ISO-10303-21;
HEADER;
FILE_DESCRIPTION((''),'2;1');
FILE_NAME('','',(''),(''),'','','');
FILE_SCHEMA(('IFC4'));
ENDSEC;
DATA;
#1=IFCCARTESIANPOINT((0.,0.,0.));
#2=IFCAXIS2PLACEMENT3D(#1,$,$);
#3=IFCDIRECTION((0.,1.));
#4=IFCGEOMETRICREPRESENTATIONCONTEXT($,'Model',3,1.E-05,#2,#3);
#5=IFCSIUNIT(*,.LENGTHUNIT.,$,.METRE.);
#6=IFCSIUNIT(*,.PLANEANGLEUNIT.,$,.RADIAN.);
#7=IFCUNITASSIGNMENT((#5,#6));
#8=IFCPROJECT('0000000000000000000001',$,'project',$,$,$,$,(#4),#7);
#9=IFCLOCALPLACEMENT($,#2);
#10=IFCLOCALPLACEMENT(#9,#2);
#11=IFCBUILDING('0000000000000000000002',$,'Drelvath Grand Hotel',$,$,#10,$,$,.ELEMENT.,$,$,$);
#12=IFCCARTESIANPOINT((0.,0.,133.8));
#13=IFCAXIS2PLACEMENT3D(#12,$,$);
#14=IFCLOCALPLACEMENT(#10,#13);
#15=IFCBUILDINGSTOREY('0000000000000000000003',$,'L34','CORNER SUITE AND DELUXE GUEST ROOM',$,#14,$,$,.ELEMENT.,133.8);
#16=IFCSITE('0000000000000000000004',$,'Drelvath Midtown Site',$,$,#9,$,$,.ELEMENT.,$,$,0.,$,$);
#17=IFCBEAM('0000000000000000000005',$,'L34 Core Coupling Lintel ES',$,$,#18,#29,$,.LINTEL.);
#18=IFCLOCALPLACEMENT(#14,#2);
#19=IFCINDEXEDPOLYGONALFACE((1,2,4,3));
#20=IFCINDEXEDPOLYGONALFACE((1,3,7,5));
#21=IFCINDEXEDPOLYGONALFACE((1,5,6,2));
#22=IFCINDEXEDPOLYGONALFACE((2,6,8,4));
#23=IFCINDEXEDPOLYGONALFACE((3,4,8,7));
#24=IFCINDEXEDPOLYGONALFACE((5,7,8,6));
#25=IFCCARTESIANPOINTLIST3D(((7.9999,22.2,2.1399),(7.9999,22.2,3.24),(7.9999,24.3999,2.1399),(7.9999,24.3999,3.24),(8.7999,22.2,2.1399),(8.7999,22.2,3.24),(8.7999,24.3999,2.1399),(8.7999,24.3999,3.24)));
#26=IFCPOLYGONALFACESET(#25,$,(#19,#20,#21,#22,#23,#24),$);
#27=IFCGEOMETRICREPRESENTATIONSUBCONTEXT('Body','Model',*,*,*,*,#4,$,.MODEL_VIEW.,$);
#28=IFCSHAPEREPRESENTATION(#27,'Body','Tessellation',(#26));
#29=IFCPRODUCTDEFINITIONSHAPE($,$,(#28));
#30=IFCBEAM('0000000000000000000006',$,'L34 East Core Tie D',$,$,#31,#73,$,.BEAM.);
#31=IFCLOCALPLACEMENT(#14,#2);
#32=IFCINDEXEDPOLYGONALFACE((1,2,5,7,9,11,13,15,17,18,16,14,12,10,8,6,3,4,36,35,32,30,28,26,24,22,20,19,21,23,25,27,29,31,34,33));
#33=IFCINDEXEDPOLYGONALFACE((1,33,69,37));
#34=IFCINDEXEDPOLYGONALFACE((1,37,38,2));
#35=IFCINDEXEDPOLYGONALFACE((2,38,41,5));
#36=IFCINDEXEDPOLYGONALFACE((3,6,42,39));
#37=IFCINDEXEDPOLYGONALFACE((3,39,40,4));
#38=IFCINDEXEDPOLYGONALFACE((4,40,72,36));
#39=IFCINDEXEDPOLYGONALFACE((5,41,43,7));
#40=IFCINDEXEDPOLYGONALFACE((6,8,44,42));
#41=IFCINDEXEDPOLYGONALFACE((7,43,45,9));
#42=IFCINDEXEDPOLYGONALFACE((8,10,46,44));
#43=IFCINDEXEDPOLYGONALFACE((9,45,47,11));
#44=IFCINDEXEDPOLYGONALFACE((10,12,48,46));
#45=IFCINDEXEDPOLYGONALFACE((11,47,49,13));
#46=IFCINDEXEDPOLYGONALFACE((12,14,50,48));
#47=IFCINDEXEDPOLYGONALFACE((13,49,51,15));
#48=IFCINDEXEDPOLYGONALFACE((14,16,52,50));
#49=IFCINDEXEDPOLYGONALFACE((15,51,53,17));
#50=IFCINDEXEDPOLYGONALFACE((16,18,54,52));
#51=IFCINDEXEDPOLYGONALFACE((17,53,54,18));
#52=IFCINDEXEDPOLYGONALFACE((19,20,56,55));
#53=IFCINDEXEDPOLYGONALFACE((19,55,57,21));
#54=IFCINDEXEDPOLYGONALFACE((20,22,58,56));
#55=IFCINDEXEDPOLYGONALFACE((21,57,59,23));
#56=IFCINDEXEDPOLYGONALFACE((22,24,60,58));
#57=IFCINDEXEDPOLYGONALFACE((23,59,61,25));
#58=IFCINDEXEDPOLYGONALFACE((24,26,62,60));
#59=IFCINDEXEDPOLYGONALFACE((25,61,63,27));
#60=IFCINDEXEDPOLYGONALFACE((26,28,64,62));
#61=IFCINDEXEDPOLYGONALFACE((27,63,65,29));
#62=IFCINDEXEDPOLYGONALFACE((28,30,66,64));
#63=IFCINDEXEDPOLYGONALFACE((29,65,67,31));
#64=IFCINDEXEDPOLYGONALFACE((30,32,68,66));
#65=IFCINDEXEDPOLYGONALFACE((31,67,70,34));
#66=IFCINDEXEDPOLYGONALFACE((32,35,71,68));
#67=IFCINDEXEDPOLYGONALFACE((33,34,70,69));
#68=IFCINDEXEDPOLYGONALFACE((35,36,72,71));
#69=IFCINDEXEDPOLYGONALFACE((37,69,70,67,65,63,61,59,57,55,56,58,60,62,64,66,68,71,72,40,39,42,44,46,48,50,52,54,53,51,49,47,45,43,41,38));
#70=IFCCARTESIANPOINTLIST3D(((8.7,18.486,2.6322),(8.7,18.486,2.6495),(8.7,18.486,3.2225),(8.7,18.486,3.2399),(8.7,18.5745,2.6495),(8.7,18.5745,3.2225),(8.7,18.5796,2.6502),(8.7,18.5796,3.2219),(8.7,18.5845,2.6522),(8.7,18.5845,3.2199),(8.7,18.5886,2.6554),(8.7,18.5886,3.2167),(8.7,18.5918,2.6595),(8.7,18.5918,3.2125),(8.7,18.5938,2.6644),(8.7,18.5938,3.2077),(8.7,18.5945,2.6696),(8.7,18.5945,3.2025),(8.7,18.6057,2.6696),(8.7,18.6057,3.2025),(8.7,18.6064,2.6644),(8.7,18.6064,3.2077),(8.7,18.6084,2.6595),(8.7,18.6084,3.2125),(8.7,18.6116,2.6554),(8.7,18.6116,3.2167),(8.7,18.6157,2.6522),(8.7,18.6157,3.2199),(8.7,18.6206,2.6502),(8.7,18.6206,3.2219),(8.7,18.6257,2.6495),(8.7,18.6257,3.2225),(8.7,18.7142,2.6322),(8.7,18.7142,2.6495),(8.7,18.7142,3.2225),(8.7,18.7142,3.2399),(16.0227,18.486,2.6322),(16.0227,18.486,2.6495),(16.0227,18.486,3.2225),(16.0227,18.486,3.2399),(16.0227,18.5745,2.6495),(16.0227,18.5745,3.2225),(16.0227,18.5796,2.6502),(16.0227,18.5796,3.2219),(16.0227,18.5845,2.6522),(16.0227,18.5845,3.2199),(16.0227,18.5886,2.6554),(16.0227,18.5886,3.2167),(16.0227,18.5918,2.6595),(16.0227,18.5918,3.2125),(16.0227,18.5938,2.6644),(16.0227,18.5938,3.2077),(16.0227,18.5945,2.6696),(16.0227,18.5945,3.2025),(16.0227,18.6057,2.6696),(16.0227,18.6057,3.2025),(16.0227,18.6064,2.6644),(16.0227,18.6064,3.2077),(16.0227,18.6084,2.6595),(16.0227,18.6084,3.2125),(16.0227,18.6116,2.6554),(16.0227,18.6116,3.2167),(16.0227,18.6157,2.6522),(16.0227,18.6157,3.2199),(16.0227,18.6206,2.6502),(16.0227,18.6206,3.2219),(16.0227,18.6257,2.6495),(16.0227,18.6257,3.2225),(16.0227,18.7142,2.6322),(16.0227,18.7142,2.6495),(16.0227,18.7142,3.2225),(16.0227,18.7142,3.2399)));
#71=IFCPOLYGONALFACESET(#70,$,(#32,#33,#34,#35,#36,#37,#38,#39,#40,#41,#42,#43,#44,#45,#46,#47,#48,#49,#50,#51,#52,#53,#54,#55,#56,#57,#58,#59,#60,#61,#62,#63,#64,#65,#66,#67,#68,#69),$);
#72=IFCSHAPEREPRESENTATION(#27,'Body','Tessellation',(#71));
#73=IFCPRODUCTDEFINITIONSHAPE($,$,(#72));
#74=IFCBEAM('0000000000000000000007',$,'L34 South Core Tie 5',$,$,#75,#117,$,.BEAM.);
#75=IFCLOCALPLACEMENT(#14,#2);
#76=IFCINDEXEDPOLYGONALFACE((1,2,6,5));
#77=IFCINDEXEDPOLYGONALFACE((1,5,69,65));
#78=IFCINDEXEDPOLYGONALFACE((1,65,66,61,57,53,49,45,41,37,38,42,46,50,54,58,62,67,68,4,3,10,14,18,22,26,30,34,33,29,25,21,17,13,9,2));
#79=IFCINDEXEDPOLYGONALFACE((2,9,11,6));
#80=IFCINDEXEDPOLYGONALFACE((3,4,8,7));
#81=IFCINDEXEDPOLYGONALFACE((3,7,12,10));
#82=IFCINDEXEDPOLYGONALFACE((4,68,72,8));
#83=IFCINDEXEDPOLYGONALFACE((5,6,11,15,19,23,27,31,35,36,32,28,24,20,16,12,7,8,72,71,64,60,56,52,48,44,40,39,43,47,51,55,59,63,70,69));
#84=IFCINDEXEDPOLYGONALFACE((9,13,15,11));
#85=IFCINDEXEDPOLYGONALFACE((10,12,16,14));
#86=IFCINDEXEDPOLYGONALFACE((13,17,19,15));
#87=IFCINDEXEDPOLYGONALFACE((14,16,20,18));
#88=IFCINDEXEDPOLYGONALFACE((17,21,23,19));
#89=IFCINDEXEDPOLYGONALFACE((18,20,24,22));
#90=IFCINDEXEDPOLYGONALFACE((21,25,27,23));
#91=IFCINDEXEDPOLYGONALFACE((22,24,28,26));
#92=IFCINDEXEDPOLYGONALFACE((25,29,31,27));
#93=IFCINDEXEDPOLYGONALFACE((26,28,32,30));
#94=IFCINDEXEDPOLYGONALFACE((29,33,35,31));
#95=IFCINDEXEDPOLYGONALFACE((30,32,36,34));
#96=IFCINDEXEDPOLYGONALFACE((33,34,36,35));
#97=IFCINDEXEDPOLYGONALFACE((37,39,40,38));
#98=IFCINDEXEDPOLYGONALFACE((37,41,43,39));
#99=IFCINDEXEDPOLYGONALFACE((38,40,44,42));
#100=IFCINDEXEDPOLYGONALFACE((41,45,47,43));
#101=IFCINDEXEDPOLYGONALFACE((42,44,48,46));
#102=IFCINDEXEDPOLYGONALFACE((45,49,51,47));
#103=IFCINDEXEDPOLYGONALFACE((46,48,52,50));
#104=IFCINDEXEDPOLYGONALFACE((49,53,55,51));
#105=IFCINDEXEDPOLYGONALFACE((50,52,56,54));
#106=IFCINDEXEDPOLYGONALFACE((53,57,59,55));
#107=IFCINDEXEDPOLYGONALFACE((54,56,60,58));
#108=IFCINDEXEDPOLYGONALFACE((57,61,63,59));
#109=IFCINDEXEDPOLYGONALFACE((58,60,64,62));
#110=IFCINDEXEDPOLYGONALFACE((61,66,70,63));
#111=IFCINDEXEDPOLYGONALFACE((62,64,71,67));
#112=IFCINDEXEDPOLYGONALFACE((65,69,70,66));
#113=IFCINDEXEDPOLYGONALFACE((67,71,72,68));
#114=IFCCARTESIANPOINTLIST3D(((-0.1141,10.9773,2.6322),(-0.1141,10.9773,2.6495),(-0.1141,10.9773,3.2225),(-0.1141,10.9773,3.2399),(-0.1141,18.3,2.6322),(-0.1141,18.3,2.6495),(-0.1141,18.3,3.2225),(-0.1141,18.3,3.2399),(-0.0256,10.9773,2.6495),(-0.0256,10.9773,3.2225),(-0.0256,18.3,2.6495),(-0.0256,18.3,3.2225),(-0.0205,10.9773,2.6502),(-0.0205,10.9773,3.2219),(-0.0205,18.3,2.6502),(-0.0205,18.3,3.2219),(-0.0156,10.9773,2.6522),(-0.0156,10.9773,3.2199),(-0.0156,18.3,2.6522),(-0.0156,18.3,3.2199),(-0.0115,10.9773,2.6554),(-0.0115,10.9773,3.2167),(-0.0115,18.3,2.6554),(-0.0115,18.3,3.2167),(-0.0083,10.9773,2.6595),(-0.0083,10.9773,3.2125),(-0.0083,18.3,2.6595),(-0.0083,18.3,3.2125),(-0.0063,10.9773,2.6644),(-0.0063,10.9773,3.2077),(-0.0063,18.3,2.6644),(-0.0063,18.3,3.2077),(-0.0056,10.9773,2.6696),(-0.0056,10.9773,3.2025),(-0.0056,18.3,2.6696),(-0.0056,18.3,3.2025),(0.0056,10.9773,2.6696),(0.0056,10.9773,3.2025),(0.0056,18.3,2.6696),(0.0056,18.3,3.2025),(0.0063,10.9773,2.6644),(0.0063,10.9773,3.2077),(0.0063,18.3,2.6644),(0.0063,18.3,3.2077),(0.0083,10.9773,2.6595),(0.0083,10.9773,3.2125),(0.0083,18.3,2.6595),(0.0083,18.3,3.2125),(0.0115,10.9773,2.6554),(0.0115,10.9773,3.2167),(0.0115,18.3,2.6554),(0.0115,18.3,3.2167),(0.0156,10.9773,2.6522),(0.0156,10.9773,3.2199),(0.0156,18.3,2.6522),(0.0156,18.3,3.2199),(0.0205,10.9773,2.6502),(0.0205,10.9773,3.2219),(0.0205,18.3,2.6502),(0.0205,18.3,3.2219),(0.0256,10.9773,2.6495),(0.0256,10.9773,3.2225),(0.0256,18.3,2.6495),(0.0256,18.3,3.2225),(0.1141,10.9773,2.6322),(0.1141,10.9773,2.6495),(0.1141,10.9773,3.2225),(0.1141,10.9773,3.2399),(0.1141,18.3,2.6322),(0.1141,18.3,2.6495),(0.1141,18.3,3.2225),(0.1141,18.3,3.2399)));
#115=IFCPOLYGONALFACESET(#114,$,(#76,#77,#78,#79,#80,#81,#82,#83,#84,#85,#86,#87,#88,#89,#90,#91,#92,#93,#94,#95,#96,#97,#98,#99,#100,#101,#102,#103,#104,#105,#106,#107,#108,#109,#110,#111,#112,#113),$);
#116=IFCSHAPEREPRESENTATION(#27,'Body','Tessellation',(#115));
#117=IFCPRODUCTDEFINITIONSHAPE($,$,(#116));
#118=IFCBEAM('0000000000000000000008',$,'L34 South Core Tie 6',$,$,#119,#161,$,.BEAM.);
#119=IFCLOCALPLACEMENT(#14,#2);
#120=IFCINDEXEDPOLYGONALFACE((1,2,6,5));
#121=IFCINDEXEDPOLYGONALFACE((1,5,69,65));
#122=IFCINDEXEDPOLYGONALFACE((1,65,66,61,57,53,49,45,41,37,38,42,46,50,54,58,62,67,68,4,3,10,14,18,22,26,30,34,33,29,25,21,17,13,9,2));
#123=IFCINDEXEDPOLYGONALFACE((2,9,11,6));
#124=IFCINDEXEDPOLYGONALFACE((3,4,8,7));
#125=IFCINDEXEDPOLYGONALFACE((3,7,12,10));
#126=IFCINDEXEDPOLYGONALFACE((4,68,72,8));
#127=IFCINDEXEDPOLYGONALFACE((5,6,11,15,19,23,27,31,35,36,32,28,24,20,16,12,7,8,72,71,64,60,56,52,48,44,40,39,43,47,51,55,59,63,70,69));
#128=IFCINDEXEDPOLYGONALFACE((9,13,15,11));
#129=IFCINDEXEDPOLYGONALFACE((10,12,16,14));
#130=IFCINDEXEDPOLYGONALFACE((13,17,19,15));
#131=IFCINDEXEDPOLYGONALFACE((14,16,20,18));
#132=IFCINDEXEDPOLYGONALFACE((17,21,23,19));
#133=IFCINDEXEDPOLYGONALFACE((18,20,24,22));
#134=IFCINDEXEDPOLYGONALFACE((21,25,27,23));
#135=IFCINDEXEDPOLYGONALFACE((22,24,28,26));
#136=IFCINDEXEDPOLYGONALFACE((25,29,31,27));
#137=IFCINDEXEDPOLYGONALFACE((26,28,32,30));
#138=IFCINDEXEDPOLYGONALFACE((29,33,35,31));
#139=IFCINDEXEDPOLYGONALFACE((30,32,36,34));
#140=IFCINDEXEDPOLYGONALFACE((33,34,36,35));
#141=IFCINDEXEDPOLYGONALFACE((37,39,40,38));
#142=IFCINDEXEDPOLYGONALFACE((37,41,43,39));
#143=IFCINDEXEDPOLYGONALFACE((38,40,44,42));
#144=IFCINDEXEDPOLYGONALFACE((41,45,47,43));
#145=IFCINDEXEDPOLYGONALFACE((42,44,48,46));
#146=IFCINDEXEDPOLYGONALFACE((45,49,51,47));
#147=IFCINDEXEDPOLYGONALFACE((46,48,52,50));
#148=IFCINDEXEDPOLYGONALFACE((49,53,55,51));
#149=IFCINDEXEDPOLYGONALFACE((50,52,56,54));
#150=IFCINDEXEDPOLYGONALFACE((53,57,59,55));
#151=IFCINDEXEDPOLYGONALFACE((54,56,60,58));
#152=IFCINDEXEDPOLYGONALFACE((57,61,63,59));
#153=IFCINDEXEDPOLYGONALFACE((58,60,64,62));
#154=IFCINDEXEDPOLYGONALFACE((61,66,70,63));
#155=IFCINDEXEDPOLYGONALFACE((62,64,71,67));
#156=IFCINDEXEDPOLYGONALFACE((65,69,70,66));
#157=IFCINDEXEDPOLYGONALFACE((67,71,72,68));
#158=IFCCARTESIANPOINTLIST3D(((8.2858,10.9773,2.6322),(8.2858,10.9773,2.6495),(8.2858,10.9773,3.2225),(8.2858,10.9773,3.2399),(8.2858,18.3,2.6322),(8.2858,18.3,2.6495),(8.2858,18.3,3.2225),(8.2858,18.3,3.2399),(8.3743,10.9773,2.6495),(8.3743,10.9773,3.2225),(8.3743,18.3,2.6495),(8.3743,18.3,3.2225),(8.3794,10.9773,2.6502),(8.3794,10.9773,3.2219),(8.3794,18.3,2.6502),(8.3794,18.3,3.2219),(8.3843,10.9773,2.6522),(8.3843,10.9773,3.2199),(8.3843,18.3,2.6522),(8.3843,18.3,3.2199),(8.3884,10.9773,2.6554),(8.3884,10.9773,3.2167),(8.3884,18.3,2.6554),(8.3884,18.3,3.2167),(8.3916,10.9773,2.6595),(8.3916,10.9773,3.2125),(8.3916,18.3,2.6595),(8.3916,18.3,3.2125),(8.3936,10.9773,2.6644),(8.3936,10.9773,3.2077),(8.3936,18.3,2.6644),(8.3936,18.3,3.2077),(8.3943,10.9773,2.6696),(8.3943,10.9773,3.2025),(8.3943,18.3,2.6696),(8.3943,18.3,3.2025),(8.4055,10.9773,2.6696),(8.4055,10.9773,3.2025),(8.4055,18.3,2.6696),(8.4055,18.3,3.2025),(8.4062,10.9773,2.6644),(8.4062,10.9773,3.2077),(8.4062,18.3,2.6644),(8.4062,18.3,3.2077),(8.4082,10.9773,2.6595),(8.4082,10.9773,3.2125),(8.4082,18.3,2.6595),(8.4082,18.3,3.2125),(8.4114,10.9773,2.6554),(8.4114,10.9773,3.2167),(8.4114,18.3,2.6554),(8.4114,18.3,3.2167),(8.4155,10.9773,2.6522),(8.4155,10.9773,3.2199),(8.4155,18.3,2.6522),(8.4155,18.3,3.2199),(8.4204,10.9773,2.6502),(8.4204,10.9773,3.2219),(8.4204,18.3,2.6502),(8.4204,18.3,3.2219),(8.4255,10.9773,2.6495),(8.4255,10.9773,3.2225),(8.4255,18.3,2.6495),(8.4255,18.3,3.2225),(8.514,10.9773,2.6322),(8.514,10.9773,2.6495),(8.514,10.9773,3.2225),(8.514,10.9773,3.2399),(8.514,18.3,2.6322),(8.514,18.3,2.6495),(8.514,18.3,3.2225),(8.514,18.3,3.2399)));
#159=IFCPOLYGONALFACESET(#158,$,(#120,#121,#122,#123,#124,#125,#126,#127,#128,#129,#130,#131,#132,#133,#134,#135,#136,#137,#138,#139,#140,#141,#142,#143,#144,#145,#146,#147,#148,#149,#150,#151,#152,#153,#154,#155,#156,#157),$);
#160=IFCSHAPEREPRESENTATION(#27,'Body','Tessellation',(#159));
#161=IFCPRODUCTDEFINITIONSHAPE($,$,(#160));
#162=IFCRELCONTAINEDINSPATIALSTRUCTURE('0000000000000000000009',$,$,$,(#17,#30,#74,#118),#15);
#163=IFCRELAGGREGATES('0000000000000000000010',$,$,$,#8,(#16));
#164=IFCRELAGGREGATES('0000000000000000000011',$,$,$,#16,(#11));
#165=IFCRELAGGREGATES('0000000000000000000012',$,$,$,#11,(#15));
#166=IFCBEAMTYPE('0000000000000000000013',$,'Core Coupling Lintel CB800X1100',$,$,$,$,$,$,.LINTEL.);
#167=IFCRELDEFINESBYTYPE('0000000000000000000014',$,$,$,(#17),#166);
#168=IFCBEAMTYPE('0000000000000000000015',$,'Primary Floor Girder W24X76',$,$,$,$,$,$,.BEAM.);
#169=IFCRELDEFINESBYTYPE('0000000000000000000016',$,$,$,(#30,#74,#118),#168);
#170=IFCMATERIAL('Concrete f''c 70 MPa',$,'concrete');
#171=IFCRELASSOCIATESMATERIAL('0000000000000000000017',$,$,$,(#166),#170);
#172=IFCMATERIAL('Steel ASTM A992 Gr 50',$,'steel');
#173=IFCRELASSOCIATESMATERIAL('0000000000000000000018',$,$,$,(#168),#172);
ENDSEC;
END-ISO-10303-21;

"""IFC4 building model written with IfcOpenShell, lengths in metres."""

from ifc_helpers import new_model, si_unit, direction, frame, origin, origin_2d, place, context, subcontext, project, spatial, rectangle, i_section, extrude, material, material_profile, profile_set, type_object, element, save


model = new_model("IFC4")

# Units and contexts
model_context = context("Model", 3, precision=1e-05, world=origin(), true_north=direction((0.0, 1.0)))
body_context = subcontext(model_context, "Body", "Model", "MODEL_VIEW")
ifc_project = project(units=[si_unit("LENGTHUNIT", "METRE"), si_unit("PLANEANGLEUNIT", "RADIAN")], contexts=[model_context])

# Site, building, storey
site_placement = place(None, origin())
site = spatial("IfcSite", under=ifc_project, at=site_placement, Name="Drelvath Midtown Site", CompositionType="ELEMENT", RefElevation=0.0)
building_placement = place(site_placement, origin())
building = spatial("IfcBuilding", under=site, at=building_placement, Name="Drelvath Grand Hotel", CompositionType="ELEMENT")
storey_placement = place(building_placement, frame((0.0, 0.0, 133.8)))
storey = spatial("IfcBuildingStorey", under=building, at=storey_placement, Name="L34", Description="CORNER SUITE AND DELUXE GUEST ROOM", CompositionType="ELEMENT", Elevation=133.8)

# Beams
ifc_material_1 = material(Name="Concrete f'c 70 MPa", Category="concrete")
ifc_material_profile_1 = material_profile(ifc_material_1, rectangle(XDim=0.8, YDim=1.1001, at=origin_2d()), Name="CB800X1100")
ifc_profile_set_1 = profile_set([ifc_material_profile_1], Name="Concrete f'c 70 MPa")
beam_type_1 = type_object("IfcBeamType", Name="Core Coupling Lintel CB800X1100", PredefinedType="LINTEL", material=ifc_profile_set_1)
beam_placement = place(storey_placement, frame((8.3999, 22.2, 2.6899), z_axis=(0.0, 1.0, 0.0), x_axis=(-1.0, 0.0, 0.0)))
element("IfcBeam", 1, at=beam_placement, inside=storey, type_object=beam_type_1, Name="L34 Core Coupling Lintel ES", PredefinedType="LINTEL", context=body_context, shape_type="SweptSolid", body=[
    extrude(rectangle(XDim=0.8, YDim=1.1001, at=origin_2d()), origin(), (0.0, 0.0, 1.0), 2.2),
])
ifc_material_2 = material(Name="Steel ASTM A992 Gr 50", Category="steel")
ifc_material_profile_2 = material_profile(ifc_material_2, i_section(OverallWidth=0.2283, OverallDepth=0.6077, WebThickness=0.0112, FlangeThickness=0.0173, FilletRadius=0.02, at=origin_2d()), Name="W24X76")
ifc_profile_set_2 = profile_set([ifc_material_profile_2], Name="Steel ASTM A992 Gr 50")
beam_type_2 = type_object("IfcBeamType", Name="Primary Floor Girder W24X76", PredefinedType="BEAM", material=ifc_profile_set_2)
for number, where, z_axis, x_axis, name in (
    (2, (8.7, 18.6001, 2.936), (1.0, 0.0, 0.0), (0.0, 1.0, 0.0), "L34 East Core Tie D"),
    (3, (0.0, 10.9773, 2.936), (0.0, 1.0, 0.0), (-1.0, 0.0, 0.0), "L34 South Core Tie 5"),
    (4, (8.3999, 10.9773, 2.936), (0.0, 1.0, 0.0), (-1.0, 0.0, 0.0), "L34 South Core Tie 6"),
):
    element("IfcBeam", number, at=place(storey_placement, frame(where, z_axis=z_axis, x_axis=x_axis)), inside=storey, type_object=beam_type_2, Name=name, PredefinedType="BEAM", context=body_context, shape_type="SweptSolid", body=[
        extrude(i_section(OverallWidth=0.2283, OverallDepth=0.6077, WebThickness=0.0112, FlangeThickness=0.0173, FilletRadius=0.02, at=origin_2d()), origin(), (0.0, 0.0, 1.0), 7.3228),
    ])

save(model, "model.ifc")
